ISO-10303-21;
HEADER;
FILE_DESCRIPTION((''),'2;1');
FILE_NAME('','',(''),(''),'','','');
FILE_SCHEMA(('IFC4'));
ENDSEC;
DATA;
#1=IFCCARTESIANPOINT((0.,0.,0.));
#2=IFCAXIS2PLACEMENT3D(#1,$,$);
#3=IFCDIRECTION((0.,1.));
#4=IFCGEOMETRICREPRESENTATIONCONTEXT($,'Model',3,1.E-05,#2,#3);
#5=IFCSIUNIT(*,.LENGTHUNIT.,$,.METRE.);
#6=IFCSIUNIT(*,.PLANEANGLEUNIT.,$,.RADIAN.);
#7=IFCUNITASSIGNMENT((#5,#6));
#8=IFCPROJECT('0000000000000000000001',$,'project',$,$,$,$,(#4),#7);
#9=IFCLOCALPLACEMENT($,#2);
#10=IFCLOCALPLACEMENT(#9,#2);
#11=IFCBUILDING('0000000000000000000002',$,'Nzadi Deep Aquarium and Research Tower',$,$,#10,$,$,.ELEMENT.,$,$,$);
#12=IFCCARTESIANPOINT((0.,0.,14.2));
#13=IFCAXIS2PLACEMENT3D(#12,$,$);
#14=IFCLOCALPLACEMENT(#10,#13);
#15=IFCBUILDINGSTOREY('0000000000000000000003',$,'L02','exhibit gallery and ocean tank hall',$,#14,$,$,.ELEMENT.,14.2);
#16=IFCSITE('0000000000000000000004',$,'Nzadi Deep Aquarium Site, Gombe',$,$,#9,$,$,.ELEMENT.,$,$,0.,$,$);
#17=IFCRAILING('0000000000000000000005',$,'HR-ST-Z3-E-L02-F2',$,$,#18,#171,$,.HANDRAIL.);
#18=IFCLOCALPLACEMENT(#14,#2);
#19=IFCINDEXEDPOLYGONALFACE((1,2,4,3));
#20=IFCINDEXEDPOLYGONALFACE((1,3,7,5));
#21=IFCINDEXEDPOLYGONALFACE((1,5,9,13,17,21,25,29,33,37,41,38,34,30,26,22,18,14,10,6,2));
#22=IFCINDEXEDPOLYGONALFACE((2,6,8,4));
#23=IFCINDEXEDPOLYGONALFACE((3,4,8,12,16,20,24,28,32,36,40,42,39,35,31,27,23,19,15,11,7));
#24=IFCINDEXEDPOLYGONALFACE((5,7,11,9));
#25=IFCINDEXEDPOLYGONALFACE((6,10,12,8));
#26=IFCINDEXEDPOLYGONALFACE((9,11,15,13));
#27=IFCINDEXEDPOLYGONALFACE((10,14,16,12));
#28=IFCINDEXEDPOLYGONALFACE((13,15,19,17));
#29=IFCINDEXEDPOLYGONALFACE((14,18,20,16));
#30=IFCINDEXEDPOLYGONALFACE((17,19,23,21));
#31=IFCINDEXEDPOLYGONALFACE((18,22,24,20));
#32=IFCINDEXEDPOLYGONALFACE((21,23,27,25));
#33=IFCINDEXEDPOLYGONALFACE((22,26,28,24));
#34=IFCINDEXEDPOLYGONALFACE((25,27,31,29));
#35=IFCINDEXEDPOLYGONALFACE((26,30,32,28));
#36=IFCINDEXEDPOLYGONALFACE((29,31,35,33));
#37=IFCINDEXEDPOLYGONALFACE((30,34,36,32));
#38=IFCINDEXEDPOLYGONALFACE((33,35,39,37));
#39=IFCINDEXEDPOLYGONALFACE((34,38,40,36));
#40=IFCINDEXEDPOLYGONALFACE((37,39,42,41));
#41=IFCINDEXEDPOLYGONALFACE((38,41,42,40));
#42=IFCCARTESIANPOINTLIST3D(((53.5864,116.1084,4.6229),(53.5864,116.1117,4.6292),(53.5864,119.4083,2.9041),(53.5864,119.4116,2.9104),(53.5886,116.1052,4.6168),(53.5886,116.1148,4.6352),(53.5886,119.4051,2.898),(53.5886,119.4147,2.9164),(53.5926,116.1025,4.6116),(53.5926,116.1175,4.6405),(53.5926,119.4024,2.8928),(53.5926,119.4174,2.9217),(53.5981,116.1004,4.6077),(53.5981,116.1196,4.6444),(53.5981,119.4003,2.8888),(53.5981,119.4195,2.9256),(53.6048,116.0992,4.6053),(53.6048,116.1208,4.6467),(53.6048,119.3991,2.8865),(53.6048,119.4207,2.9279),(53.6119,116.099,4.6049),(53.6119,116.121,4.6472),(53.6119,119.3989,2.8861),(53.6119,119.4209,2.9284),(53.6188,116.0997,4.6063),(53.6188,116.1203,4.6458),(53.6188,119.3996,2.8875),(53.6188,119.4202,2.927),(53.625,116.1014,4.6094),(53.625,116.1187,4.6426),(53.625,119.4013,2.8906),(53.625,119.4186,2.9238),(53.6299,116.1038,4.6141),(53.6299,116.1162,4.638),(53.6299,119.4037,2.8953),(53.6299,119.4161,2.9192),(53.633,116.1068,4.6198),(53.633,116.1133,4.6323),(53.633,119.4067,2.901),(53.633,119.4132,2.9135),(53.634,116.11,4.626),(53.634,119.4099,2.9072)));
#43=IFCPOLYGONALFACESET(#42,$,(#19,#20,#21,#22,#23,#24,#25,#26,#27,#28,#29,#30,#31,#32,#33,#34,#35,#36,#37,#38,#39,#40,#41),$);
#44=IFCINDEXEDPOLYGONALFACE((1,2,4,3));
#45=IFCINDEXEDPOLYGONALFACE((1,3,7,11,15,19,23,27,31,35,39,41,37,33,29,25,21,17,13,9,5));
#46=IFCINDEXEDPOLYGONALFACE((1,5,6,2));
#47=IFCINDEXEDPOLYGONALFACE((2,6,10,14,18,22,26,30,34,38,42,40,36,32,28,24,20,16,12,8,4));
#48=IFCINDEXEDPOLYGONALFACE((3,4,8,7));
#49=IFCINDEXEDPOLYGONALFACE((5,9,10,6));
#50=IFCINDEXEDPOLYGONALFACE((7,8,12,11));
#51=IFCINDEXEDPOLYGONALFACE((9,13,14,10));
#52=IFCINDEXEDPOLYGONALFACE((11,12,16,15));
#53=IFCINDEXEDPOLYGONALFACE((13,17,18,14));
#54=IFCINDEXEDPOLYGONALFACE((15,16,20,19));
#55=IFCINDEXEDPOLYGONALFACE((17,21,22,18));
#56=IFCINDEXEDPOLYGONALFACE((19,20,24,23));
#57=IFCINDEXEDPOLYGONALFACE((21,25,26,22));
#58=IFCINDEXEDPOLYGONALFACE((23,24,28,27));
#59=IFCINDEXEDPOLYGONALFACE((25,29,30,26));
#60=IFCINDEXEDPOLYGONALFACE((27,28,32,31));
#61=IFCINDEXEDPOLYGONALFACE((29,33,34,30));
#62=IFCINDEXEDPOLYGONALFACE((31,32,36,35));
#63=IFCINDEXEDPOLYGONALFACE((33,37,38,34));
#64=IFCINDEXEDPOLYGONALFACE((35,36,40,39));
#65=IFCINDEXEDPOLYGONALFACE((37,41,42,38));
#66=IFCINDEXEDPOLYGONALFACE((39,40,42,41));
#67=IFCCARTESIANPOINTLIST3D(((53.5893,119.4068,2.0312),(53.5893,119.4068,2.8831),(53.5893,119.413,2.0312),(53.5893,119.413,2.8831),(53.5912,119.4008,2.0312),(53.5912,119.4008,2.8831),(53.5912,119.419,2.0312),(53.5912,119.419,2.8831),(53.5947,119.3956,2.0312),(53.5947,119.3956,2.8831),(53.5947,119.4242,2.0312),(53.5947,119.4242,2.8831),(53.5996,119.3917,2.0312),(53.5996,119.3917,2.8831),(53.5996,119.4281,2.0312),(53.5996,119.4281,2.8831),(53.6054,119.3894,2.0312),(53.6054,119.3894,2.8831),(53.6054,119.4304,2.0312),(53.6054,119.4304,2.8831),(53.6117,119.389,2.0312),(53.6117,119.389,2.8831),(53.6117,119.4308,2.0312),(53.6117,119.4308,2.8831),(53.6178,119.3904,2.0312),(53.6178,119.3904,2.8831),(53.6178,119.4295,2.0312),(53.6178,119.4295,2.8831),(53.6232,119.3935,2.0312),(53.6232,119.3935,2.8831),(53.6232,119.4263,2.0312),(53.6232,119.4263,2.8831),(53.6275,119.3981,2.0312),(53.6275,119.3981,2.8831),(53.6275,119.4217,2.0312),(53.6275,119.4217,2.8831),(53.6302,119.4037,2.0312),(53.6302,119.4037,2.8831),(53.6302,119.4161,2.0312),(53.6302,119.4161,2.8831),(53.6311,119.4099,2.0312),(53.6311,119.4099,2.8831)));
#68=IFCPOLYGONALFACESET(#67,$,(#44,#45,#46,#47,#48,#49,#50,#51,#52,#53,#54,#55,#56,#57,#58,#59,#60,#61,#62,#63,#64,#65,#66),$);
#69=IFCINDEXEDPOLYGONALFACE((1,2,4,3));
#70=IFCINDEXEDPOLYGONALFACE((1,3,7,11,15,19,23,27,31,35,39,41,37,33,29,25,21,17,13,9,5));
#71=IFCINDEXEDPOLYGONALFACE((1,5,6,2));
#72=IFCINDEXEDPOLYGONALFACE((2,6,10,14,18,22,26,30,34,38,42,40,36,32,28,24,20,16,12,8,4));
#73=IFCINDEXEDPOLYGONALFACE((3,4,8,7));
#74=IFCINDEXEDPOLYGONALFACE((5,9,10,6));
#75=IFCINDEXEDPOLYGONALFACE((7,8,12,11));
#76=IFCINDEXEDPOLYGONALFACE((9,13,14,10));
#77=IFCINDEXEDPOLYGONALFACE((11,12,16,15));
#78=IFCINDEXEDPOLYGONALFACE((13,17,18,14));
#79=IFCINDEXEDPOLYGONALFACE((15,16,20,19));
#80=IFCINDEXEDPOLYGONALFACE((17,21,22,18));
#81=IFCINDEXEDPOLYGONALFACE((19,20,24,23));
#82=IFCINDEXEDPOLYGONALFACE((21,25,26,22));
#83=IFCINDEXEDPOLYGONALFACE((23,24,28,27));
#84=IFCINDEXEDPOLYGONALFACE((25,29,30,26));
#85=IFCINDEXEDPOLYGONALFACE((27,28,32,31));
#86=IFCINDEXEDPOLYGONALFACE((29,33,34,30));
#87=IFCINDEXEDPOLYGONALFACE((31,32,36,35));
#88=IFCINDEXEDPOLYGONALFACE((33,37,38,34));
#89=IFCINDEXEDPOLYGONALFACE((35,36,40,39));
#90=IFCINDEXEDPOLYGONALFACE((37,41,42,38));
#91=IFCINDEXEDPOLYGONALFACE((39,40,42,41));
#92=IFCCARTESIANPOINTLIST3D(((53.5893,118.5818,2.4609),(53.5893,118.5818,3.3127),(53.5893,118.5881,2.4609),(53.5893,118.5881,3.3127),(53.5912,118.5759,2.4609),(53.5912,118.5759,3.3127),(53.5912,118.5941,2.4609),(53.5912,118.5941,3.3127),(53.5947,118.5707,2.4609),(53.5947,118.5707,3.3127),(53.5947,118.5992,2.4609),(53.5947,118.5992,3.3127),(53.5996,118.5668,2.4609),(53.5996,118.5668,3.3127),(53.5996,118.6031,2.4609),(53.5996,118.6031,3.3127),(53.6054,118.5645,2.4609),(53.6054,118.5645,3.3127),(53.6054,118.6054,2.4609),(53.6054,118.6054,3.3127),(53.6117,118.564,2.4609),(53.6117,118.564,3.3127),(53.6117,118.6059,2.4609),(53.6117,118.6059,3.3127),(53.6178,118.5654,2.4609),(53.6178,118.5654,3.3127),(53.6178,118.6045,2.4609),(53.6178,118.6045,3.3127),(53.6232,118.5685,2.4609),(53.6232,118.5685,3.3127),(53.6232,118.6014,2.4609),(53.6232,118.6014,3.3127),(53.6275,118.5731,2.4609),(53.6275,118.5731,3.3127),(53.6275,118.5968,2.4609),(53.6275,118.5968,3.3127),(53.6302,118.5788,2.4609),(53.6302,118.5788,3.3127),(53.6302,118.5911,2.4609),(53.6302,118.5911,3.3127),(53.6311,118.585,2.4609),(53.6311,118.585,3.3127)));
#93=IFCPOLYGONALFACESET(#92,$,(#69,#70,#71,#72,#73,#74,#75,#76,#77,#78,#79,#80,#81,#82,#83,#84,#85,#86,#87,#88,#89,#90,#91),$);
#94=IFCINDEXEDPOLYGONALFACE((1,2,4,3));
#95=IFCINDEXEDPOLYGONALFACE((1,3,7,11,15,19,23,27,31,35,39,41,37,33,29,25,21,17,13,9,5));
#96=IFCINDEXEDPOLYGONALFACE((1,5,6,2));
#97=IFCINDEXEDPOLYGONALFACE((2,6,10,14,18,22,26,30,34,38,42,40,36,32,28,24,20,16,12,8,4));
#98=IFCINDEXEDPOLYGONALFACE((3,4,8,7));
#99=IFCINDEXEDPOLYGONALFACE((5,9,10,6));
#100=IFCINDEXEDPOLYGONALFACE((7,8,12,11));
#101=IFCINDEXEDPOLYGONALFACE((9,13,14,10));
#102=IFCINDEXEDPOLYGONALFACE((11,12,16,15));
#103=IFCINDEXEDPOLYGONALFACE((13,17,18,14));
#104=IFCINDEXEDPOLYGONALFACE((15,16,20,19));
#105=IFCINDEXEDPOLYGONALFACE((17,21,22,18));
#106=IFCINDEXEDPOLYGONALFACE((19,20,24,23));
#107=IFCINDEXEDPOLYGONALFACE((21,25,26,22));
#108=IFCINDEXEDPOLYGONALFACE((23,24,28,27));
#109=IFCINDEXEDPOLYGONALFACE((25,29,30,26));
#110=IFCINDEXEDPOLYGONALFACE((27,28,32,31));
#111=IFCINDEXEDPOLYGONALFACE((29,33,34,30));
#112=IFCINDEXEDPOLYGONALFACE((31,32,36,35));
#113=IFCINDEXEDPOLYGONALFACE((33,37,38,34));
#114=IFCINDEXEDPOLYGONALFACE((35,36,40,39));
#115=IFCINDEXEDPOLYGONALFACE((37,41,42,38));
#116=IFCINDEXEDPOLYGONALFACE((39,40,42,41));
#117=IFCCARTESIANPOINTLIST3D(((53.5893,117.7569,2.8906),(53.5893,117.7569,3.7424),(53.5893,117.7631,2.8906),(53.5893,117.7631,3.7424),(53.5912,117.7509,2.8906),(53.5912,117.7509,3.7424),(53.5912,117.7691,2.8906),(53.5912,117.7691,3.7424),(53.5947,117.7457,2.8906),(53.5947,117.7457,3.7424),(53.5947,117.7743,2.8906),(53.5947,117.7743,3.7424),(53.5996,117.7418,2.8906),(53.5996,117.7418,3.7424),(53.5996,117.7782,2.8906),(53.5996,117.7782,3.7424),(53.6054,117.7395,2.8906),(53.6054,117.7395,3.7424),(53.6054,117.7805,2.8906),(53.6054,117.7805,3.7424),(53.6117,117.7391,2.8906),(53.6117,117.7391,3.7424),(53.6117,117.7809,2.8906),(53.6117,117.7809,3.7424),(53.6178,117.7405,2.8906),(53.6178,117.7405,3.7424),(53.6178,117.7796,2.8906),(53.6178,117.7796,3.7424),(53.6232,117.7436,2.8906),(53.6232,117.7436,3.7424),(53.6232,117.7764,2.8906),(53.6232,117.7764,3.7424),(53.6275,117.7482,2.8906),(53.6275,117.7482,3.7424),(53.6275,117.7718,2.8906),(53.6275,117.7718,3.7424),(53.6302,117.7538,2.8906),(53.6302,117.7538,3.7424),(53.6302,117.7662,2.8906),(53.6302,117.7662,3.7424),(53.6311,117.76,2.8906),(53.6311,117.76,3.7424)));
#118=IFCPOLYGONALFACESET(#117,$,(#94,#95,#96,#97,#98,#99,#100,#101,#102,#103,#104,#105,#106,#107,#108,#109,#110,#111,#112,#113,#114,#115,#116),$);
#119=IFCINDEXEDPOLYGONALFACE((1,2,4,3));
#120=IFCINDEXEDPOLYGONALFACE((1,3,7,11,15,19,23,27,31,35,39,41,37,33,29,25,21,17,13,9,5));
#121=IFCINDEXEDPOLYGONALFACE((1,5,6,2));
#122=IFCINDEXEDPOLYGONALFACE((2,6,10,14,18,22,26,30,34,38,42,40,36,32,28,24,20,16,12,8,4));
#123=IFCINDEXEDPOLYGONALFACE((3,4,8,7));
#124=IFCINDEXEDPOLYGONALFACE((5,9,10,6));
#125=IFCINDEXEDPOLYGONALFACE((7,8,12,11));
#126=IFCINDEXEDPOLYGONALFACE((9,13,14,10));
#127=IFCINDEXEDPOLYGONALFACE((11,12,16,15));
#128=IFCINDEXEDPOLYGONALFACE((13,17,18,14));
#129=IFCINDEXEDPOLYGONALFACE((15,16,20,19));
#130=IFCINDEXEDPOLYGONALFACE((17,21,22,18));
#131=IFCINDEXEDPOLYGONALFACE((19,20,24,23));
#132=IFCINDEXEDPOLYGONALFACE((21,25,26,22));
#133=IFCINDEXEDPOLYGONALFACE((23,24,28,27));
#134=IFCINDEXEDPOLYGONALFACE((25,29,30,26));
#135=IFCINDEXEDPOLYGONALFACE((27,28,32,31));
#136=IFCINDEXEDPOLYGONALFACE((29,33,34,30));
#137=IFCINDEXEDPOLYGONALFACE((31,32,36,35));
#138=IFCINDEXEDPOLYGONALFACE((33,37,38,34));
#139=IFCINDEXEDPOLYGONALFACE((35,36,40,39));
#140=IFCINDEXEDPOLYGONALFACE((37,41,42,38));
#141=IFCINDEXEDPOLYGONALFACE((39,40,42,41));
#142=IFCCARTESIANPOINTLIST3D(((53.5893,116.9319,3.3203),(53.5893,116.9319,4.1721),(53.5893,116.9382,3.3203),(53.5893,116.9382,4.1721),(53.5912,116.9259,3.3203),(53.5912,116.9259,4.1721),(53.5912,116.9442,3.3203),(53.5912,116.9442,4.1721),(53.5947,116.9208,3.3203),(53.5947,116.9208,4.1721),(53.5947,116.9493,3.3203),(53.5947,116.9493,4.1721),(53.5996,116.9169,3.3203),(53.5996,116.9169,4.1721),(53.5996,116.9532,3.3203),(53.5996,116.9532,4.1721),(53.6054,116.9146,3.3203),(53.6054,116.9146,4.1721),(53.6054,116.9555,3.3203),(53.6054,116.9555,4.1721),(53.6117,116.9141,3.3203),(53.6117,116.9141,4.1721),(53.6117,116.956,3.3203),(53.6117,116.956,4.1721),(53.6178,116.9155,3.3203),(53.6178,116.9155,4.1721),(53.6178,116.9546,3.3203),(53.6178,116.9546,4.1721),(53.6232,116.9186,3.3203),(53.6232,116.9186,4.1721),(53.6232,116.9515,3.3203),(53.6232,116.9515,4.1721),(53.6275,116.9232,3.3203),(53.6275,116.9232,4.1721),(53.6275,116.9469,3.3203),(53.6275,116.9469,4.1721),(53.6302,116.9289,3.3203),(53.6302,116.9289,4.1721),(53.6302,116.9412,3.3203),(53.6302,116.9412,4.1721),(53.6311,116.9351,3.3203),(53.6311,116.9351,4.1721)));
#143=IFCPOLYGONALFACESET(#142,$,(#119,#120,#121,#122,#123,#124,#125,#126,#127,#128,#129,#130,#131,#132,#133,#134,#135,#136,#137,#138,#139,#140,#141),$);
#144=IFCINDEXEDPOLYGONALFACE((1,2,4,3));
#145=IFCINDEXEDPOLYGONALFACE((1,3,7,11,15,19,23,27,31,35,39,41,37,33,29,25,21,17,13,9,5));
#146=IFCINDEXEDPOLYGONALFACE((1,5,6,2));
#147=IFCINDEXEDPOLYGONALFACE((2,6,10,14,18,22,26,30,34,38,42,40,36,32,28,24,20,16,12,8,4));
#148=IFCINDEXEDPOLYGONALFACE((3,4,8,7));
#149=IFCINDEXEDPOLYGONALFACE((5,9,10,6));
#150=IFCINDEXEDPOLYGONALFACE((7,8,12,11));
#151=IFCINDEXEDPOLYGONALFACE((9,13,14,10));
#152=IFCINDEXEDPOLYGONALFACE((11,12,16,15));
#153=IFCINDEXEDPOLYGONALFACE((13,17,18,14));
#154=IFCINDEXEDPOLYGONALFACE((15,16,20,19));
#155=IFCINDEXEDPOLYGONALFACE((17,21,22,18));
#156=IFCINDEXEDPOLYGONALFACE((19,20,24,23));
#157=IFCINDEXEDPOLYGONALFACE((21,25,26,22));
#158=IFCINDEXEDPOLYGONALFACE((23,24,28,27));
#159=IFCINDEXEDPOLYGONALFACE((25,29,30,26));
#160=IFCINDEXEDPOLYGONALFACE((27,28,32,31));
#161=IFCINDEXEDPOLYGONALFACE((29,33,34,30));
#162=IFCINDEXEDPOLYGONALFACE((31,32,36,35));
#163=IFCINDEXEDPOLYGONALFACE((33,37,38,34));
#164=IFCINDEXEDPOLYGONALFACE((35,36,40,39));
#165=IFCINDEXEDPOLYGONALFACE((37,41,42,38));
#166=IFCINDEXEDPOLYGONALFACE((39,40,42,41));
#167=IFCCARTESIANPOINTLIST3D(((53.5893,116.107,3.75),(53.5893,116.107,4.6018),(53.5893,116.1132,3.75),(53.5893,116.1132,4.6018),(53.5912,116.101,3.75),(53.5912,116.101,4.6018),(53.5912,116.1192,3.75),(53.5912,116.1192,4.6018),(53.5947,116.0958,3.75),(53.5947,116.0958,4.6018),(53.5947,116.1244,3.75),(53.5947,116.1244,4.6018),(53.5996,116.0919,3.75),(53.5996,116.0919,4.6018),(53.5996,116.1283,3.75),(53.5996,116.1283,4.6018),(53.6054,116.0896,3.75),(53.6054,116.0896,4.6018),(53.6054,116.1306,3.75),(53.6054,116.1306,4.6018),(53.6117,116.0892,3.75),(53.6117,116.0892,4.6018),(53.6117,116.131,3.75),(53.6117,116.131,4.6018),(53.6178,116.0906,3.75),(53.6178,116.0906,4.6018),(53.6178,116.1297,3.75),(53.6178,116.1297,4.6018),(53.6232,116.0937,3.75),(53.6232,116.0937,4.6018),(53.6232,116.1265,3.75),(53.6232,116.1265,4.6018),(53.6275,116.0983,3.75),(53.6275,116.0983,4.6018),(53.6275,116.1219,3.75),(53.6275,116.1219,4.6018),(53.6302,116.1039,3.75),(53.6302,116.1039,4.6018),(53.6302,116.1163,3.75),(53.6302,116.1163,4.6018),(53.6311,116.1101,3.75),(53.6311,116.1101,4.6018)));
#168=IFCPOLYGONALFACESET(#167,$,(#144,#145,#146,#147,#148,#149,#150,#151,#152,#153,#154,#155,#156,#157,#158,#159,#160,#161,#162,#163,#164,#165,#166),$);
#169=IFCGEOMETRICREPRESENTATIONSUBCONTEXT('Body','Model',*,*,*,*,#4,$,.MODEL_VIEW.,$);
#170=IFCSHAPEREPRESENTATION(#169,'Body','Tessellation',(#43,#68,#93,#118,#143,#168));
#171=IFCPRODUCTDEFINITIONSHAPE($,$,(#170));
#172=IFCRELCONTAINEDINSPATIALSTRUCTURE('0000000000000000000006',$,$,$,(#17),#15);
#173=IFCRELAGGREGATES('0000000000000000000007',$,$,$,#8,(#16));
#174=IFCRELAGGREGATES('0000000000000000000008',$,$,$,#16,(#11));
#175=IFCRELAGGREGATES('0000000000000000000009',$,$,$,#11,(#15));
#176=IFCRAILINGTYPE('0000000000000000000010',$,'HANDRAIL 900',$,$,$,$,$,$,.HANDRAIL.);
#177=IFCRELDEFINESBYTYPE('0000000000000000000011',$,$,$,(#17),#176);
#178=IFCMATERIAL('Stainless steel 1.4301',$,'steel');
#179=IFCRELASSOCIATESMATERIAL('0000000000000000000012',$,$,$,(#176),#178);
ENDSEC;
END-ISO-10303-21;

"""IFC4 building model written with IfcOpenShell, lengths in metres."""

from ifc_helpers import new_model, si_unit, direction, frame, origin, origin_2d, place, context, subcontext, project, spatial, circle, extrude, material, type_object, element, save


model = new_model("IFC4")

# Units and contexts
model_context = context("Model", 3, precision=1e-05, world=origin(), true_north=direction((0.0, 1.0)))
body_context = subcontext(model_context, "Body", "Model", "MODEL_VIEW")
ifc_project = project(units=[si_unit("LENGTHUNIT", "METRE"), si_unit("PLANEANGLEUNIT", "RADIAN")], contexts=[model_context])

# Site, building, storey
site_placement = place(None, origin())
site = spatial("IfcSite", under=ifc_project, at=site_placement, Name="Nzadi Deep Aquarium Site, Gombe", CompositionType="ELEMENT", RefElevation=0.0)
building_placement = place(site_placement, origin())
building = spatial("IfcBuilding", under=site, at=building_placement, Name="Nzadi Deep Aquarium and Research Tower", CompositionType="ELEMENT")
storey_placement = place(building_placement, frame((0.0, 0.0, 14.2)))
storey = spatial("IfcBuildingStorey", under=building, at=storey_placement, Name="L02", Description="exhibit gallery and ocean tank hall", CompositionType="ELEMENT", Elevation=14.2)

# Railing
ifc_material_1 = material(Name="Stainless steel 1.4301", Category="steel")
railing_type = type_object("IfcRailingType", Name="HANDRAIL 900", PredefinedType="HANDRAIL", material=ifc_material_1)
for number, where, name in (
    (1, (53.6101, 119.4099, 2.0312), "HR-ST-Z3-E-L02-F2"),
):
    element("IfcRailing", number, at=place(storey_placement, frame(where)), inside=storey, type_object=railing_type, Name=name, PredefinedType="HANDRAIL", context=body_context, shape_type="SweptSolid", body=[
        extrude(circle(Radius=0.0239, at=origin_2d()), frame((0.0, 0.0, 0.876), z_axis=(0.0, -0.886903, 0.461956), x_axis=(1.0, 0.0, 0.0)), (0.0, 0.0, 1.0), 3.7207),
        extrude(circle(Radius=0.021, at=origin_2d()), origin(), (0.0, 0.0, 1.0), 0.8518),
        extrude(circle(Radius=0.021, at=origin_2d()), frame((0.0, -0.825, 0.4297)), (0.0, 0.0, 1.0), 0.8518),
        extrude(circle(Radius=0.021, at=origin_2d()), frame((0.0, -1.6499, 0.8594)), (0.0, 0.0, 1.0), 0.8518),
        extrude(circle(Radius=0.021, at=origin_2d()), frame((0.0, -2.4749, 1.2891)), (0.0, 0.0, 1.0), 0.8518),
        extrude(circle(Radius=0.021, at=origin_2d()), frame((0.0, -3.2998, 1.7188)), (0.0, 0.0, 1.0), 0.8518),
    ])

save(model, "model.ifc")
